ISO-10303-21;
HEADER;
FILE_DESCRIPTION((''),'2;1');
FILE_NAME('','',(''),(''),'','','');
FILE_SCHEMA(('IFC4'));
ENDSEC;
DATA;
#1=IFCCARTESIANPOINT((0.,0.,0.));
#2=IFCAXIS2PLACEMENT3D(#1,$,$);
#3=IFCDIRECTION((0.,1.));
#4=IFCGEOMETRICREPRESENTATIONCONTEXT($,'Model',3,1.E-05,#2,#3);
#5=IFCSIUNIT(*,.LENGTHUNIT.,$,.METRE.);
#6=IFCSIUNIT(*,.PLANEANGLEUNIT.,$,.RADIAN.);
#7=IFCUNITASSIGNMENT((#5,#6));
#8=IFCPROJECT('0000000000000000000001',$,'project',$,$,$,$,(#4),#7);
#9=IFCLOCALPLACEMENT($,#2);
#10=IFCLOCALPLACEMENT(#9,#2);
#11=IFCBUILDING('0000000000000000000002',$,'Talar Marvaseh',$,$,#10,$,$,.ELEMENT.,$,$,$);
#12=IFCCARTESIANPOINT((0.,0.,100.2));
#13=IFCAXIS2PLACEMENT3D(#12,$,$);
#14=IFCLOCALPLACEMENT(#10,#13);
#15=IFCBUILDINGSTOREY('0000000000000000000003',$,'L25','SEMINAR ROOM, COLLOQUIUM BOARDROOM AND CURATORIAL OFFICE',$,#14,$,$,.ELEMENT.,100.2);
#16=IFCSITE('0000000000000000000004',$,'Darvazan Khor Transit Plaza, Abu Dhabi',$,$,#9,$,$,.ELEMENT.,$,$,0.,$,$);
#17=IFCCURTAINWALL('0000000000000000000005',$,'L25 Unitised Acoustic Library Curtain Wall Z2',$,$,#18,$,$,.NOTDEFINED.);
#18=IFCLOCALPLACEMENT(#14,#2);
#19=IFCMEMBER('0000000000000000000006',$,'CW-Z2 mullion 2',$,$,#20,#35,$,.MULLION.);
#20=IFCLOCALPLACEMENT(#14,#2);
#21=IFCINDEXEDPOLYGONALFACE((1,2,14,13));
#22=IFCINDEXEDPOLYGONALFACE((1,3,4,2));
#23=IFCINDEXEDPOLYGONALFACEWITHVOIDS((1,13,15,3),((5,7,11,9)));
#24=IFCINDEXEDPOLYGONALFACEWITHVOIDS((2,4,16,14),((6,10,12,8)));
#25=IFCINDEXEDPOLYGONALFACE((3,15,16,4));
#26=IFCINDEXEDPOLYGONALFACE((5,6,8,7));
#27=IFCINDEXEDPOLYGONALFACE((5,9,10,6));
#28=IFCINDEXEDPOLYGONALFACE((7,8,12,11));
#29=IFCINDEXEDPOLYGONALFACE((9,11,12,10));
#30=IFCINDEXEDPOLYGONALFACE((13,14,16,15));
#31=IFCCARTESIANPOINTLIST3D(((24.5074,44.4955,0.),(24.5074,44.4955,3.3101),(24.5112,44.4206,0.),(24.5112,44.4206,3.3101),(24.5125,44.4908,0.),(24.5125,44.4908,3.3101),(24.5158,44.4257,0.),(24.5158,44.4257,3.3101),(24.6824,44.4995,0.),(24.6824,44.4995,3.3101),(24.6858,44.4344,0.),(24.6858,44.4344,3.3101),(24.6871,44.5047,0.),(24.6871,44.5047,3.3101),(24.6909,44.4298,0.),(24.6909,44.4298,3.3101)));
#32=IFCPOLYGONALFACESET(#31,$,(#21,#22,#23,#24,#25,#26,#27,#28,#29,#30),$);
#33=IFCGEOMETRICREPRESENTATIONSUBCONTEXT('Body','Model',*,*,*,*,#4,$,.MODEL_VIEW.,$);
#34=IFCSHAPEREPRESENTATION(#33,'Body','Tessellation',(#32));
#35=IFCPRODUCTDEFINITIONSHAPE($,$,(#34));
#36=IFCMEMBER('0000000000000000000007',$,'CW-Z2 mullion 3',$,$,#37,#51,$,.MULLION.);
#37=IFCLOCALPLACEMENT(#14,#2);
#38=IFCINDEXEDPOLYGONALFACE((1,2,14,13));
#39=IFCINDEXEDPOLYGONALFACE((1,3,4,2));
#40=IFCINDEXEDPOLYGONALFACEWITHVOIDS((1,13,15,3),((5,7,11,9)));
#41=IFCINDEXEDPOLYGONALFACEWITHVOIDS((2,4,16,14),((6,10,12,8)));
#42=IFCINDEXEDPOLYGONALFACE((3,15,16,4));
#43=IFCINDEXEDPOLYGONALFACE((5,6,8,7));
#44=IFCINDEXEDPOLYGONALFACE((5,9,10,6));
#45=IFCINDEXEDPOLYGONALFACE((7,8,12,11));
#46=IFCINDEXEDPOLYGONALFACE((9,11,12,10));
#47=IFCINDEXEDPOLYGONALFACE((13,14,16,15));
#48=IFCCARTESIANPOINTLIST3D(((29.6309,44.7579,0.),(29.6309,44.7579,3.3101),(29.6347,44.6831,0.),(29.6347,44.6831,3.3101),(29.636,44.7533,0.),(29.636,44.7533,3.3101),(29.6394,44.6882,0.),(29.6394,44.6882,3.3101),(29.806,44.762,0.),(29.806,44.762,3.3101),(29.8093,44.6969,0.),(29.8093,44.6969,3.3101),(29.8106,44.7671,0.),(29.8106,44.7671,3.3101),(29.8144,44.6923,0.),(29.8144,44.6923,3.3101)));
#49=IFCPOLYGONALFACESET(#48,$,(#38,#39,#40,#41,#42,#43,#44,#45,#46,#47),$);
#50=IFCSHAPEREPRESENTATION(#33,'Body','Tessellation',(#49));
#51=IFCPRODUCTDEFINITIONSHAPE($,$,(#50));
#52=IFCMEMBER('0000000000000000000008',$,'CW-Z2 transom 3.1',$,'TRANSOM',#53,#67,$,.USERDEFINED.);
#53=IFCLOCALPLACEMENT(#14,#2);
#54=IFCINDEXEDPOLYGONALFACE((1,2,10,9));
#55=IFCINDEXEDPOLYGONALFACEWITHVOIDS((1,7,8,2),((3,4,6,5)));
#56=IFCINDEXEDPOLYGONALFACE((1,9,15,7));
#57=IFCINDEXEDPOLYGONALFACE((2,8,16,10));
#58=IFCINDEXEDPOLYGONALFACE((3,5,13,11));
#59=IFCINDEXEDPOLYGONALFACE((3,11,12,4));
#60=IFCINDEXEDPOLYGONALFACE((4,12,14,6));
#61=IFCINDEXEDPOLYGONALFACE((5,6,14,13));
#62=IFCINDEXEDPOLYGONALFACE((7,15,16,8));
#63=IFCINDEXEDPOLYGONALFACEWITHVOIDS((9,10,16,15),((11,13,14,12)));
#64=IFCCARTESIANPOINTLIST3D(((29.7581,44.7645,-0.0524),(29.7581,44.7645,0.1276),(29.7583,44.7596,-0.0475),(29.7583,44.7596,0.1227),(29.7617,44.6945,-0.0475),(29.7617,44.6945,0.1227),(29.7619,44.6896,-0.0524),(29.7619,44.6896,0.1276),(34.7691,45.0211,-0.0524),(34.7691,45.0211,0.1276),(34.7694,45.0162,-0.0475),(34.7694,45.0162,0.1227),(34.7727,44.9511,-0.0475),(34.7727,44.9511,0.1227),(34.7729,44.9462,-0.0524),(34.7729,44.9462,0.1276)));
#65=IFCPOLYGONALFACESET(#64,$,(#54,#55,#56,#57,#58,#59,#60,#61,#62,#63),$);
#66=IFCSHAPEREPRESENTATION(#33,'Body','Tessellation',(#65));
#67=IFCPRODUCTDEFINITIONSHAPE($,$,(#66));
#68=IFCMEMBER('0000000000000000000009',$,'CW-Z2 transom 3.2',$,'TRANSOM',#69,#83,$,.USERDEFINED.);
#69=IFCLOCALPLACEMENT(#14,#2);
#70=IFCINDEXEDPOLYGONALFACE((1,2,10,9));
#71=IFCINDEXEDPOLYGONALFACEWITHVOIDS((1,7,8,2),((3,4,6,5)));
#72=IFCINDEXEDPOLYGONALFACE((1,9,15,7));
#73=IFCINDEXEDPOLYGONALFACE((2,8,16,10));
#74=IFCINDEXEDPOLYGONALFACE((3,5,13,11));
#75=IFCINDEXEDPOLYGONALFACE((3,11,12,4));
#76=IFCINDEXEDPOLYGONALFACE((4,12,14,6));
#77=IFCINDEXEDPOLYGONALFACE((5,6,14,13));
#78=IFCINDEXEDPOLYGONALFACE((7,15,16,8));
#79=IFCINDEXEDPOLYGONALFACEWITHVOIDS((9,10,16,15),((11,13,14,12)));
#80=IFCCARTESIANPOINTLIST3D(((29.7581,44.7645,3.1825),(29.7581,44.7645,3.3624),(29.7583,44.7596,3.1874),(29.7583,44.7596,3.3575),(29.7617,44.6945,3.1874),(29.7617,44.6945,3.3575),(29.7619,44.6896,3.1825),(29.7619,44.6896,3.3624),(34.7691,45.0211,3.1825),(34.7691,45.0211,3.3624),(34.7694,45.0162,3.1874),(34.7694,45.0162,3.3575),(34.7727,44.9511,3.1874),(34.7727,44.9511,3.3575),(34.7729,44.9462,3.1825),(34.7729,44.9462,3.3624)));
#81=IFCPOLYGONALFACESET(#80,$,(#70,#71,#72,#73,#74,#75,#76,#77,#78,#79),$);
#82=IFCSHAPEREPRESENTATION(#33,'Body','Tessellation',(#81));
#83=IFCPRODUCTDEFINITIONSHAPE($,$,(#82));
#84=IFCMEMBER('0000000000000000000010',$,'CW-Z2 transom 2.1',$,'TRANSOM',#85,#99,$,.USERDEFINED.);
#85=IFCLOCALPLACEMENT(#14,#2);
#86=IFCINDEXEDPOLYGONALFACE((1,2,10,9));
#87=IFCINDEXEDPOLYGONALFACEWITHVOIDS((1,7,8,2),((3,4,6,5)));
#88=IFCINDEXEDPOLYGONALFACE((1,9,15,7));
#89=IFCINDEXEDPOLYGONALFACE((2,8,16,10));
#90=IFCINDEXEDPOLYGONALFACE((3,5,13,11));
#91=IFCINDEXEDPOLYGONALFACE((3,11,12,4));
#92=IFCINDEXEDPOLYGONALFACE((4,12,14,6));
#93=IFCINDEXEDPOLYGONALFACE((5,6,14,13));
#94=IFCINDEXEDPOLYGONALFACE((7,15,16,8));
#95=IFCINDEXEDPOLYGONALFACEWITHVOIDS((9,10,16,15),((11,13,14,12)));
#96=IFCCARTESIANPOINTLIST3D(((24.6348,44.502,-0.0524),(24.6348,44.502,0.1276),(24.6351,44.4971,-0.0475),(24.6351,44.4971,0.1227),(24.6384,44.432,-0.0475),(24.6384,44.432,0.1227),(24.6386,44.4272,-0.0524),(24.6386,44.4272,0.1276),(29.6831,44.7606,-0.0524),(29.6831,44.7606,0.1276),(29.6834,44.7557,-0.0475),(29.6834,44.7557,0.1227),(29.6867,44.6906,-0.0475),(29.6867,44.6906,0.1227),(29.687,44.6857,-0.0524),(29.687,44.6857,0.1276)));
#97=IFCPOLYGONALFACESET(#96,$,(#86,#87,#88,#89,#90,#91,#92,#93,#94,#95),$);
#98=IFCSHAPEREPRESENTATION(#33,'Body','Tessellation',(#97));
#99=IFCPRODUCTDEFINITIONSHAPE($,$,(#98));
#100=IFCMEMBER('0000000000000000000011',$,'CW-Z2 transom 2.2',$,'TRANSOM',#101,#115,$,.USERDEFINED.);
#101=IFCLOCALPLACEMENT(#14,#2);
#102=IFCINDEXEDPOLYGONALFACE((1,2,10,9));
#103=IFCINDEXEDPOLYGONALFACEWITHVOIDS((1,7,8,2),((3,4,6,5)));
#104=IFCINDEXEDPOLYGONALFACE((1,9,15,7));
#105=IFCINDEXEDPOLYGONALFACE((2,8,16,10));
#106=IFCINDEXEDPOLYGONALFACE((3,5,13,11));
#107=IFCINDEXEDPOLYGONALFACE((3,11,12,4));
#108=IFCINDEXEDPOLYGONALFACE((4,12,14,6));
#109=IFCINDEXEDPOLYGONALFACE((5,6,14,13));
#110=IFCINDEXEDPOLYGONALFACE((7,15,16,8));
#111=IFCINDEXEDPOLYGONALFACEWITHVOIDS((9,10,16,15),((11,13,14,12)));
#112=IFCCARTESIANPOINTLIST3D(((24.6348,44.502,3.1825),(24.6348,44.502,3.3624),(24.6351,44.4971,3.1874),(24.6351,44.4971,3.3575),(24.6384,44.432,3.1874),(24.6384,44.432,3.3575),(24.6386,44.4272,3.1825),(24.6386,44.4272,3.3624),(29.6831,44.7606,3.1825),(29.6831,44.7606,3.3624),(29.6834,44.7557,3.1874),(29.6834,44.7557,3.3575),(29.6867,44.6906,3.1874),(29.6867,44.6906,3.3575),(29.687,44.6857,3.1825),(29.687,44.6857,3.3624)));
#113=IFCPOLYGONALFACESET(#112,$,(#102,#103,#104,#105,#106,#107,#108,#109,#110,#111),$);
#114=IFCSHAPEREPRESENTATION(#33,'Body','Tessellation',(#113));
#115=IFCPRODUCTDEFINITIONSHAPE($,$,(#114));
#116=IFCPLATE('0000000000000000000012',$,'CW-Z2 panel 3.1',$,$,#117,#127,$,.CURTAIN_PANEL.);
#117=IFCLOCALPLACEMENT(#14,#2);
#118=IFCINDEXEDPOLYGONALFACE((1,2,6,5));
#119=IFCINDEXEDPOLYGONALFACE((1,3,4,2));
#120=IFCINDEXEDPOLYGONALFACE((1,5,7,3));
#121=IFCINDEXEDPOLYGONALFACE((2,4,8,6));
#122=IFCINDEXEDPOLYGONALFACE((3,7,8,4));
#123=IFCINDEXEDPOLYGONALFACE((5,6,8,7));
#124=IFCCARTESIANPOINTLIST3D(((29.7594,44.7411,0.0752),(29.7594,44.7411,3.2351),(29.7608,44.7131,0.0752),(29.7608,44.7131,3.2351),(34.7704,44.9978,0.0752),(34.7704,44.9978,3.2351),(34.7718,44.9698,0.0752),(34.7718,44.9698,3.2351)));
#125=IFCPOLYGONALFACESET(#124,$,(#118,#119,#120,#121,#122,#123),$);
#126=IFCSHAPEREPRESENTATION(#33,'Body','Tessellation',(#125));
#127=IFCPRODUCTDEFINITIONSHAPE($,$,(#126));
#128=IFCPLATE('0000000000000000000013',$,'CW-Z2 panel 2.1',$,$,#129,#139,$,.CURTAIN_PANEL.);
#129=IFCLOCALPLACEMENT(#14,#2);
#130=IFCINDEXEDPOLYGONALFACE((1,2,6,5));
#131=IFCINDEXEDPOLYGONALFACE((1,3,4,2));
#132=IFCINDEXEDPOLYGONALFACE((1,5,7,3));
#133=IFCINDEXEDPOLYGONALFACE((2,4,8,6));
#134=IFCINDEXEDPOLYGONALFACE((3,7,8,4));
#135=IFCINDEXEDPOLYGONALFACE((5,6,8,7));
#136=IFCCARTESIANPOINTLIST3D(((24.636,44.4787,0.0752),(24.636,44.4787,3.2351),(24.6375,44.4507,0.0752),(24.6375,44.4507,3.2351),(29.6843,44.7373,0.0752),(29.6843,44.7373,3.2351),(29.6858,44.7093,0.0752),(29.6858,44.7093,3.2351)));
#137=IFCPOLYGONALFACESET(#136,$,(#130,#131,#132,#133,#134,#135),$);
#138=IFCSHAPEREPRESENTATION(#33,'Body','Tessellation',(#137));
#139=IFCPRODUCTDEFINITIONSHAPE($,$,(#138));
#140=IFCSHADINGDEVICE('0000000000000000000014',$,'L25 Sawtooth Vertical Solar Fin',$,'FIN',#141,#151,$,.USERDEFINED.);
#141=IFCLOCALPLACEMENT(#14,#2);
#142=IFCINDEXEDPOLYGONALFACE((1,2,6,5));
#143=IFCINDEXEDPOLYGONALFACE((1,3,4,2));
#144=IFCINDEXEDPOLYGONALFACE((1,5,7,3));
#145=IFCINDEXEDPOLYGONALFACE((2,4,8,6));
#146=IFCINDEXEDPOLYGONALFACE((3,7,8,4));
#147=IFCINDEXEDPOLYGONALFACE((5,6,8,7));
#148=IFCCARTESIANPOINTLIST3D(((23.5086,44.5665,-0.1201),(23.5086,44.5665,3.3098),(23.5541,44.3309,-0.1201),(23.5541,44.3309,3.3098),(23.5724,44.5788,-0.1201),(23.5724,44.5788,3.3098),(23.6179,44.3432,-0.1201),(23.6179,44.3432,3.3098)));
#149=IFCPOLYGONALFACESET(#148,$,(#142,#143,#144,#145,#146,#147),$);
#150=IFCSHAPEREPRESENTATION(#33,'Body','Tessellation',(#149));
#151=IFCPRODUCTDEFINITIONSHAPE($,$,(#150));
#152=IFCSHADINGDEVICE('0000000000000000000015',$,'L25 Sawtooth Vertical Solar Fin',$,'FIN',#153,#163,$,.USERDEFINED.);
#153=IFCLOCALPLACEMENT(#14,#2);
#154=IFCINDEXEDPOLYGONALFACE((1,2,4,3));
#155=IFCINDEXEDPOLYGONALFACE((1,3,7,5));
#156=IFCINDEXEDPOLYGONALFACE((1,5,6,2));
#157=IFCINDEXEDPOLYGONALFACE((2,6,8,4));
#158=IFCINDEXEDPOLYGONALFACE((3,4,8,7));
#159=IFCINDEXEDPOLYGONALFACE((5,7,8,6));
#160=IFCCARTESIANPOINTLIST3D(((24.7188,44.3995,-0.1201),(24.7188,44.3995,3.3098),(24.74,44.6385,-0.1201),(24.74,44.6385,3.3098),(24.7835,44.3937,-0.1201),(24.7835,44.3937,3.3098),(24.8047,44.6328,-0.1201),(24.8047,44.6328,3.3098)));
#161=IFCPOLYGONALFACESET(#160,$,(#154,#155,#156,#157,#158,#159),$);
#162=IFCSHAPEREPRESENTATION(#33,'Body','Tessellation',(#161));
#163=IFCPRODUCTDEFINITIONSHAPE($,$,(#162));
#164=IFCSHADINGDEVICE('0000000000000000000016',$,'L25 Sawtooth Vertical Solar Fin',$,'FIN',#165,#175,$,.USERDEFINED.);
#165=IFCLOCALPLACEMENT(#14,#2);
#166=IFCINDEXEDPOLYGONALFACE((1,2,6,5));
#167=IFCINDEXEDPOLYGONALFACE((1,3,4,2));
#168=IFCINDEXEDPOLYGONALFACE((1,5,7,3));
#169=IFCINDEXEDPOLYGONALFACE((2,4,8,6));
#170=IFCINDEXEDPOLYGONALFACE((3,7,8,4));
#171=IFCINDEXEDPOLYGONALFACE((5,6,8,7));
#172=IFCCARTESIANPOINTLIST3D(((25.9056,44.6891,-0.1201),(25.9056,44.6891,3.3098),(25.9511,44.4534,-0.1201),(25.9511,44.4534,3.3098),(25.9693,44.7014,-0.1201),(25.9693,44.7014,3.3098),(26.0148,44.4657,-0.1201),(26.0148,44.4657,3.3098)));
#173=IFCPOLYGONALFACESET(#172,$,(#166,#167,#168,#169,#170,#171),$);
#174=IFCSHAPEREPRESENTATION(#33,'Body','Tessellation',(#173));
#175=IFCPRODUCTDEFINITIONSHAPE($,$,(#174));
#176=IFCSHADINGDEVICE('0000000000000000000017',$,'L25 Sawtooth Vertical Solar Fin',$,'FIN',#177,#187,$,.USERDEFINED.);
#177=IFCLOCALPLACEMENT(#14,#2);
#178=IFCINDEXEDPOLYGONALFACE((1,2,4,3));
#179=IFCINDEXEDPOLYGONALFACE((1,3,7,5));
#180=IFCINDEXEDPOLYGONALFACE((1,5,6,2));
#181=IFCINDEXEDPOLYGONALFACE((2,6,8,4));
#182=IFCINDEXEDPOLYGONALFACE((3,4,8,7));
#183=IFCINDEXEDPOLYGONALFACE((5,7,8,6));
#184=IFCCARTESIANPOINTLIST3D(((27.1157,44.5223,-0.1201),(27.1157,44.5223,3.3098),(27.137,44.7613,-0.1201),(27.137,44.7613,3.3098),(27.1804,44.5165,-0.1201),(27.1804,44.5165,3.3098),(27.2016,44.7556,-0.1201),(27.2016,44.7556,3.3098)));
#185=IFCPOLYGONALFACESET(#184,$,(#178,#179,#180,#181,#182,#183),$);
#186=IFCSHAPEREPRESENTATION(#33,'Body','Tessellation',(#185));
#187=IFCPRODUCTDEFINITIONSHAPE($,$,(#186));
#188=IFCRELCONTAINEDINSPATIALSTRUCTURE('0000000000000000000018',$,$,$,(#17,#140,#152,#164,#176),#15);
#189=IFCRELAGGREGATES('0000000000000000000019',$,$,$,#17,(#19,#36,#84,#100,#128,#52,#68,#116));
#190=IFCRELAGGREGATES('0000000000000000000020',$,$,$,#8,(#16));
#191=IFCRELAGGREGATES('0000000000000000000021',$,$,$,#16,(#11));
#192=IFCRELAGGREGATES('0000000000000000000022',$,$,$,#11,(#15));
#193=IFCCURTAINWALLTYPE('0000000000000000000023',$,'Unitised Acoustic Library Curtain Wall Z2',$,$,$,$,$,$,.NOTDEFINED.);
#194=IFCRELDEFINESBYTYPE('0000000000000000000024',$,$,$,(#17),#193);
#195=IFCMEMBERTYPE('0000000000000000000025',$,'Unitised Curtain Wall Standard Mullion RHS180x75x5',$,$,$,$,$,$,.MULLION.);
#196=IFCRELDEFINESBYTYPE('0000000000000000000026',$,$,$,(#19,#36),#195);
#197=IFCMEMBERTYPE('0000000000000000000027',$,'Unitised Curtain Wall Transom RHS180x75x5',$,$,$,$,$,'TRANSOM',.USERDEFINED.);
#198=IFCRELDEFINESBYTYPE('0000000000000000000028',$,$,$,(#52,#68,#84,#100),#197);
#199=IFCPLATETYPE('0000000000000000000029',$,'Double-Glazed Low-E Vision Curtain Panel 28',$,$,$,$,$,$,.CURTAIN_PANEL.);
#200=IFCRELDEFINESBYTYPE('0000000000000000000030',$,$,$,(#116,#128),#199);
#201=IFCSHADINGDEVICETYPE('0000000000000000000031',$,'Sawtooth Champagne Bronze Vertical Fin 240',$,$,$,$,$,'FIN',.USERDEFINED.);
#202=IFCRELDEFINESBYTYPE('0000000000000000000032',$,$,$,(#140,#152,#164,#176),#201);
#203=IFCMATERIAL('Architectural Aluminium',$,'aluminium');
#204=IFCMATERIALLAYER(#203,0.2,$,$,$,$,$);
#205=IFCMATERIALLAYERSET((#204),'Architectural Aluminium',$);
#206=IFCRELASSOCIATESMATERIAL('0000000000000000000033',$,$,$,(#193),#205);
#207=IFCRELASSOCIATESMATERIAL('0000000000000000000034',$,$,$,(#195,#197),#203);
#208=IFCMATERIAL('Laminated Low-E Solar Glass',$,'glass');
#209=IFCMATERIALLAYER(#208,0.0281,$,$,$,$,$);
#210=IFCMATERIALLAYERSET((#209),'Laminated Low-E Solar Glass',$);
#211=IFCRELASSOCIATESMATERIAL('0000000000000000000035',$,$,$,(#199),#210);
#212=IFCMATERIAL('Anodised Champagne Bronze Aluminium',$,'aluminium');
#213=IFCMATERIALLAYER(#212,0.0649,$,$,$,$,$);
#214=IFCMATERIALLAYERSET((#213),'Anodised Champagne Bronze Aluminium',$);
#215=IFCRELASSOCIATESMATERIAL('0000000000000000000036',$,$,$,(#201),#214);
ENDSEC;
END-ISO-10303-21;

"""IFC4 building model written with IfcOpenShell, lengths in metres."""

from ifc_helpers import new_model, si_unit, direction, frame, origin, origin_2d, place, context, subcontext, project, spatial, rectangle, hollow_rectangle, extrude, source, transform, mapped, material, layer, layer_set, material_profile, profile_set, type_object, type_shapes, element, aggregate, save


model = new_model("IFC4")

# Units and contexts
model_context = context("Model", 3, precision=1e-05, world=origin(), true_north=direction((0.0, 1.0)))
body_context = subcontext(model_context, "Body", "Model", "MODEL_VIEW")
ifc_project = project(units=[si_unit("LENGTHUNIT", "METRE"), si_unit("PLANEANGLEUNIT", "RADIAN")], contexts=[model_context])

# Site, building, storey
site_placement = place(None, origin())
site = spatial("IfcSite", under=ifc_project, at=site_placement, Name="Darvazan Khor Transit Plaza, Abu Dhabi", CompositionType="ELEMENT", RefElevation=0.0)
building_placement = place(site_placement, origin())
building = spatial("IfcBuilding", under=site, at=building_placement, Name="Talar Marvaseh", CompositionType="ELEMENT")
storey_placement = place(building_placement, frame((0.0, 0.0, 100.2)))
storey = spatial("IfcBuildingStorey", under=building, at=storey_placement, Name="L25", Description="SEMINAR ROOM, COLLOQUIUM BOARDROOM AND CURATORIAL OFFICE", CompositionType="ELEMENT", Elevation=100.2)

# Curtain wall, members, plates
ifc_material_1 = material(Name="Architectural Aluminium", Category="aluminium")
ifc_layer_1 = layer(ifc_material_1, 0.2)
ifc_layer_set_1 = layer_set([ifc_layer_1], Name="Architectural Aluminium")
curtain_wall_type = type_object("IfcCurtainWallType", Name="Unitised Acoustic Library Curtain Wall Z2", PredefinedType="NOTDEFINED", material=ifc_layer_set_1)
curtain_wall_placement = place(storey_placement, origin())
curtain_wall = element("IfcCurtainWall", 1, at=curtain_wall_placement, inside=storey, type_object=curtain_wall_type, Name="L25 Unitised Acoustic Library Curtain Wall Z2", PredefinedType="NOTDEFINED")
ifc_material_profile_1 = material_profile(ifc_material_1, hollow_rectangle(XDim=0.075, YDim=0.1799, WallThickness=0.0049, at=origin_2d()), Name="RHS180x75x5")
ifc_profile_set_1 = profile_set([ifc_material_profile_1], Name="Architectural Aluminium")
member_type_1 = type_object("IfcMemberType", Name="Unitised Curtain Wall Standard Mullion RHS180x75x5", PredefinedType="MULLION", material=ifc_profile_set_1)
shared_shape_1 = source(origin(), body_context, "Body", "SweptSolid", [
    extrude(hollow_rectangle(XDim=0.075, YDim=0.1799, WallThickness=0.0049, at=origin_2d()), origin(), (0.0, 0.0, 1.0), 3.3101),
])
type_shapes(member_type_1, [shared_shape_1])
member_1_placement = place(storey_placement, frame((24.5991, 44.4626, 0.0), z_axis=(0.0, 0.0, 1.0), x_axis=(-0.051156, 0.998691, 0.0)))
member_1 = element("IfcMember", 2, at=member_1_placement, type_object=member_type_1, Name="CW-Z2 mullion 2", PredefinedType="MULLION", context=body_context, shape_type="MappedRepresentation", body=[
    mapped(shared_shape_1, transform((0.0, 0.0, 0.0), x_axis=(1.0, 0.0, 0.0), y_axis=(0.0, 1.0, 0.0), z_axis=(0.0, 0.0, 1.0), scale=1.0)),
])
member_2_placement = place(storey_placement, frame((29.7227, 44.7251, 0.0), z_axis=(0.0, 0.0, 1.0), x_axis=(-0.051156, 0.998691, 0.0)))
member_2 = element("IfcMember", 3, at=member_2_placement, type_object=member_type_1, Name="CW-Z2 mullion 3", PredefinedType="MULLION", context=body_context, shape_type="MappedRepresentation", body=[
    mapped(shared_shape_1, transform((0.0, 0.0, 0.0), x_axis=(1.0, 0.0, 0.0), y_axis=(0.0, 1.0, 0.0), z_axis=(0.0, 0.0, 1.0), scale=1.0)),
])
ifc_material_profile_2 = material_profile(ifc_material_1, hollow_rectangle(XDim=0.075, YDim=0.1799, WallThickness=0.0049, at=origin_2d()), Name="RHS180x75x5")
ifc_profile_set_2 = profile_set([ifc_material_profile_2], Name="Architectural Aluminium")
member_type_2 = type_object("IfcMemberType", Name="Unitised Curtain Wall Transom RHS180x75x5", ElementType="TRANSOM", PredefinedType="USERDEFINED", material=ifc_profile_set_2)
shared_shape_2 = source(origin(), body_context, "Body", "SweptSolid", [
    extrude(hollow_rectangle(XDim=0.075, YDim=0.1799, WallThickness=0.0049, at=origin_2d()), origin(), (0.0, 0.0, 1.0), 5.0176),
])
member_3_placement = place(storey_placement, frame((29.76, 44.7271, 0.0376), z_axis=(0.998692, 0.051139, 0.0), x_axis=(-0.051139, 0.998692, 0.0)))
member_3 = element("IfcMember", 4, at=member_3_placement, type_object=member_type_2, Name="CW-Z2 transom 3.1", ObjectType="TRANSOM", PredefinedType="USERDEFINED", context=body_context, shape_type="MappedRepresentation", body=[
    mapped(shared_shape_2, transform((0.0, 0.0, 0.0), x_axis=(1.0, 0.0, 0.0), y_axis=(0.0, 1.0, 0.0), z_axis=(0.0, 0.0, 1.0), scale=1.0)),
])
member_4_placement = place(storey_placement, frame((29.76, 44.7271, 3.2725), z_axis=(0.998692, 0.051139, 0.0), x_axis=(-0.051139, 0.998692, 0.0)))
member_4 = element("IfcMember", 5, at=member_4_placement, type_object=member_type_2, Name="CW-Z2 transom 3.2", ObjectType="TRANSOM", PredefinedType="USERDEFINED", context=body_context, shape_type="MappedRepresentation", body=[
    mapped(shared_shape_2, transform((0.0, 0.0, 0.0), x_axis=(1.0, 0.0, 0.0), y_axis=(0.0, 1.0, 0.0), z_axis=(0.0, 0.0, 1.0), scale=1.0)),
])
shared_shape_3 = source(origin(), body_context, "Body", "SweptSolid", [
    extrude(hollow_rectangle(XDim=0.075, YDim=0.1799, WallThickness=0.0049, at=origin_2d()), origin(), (0.0, 0.0, 1.0), 5.0549),
])
type_shapes(member_type_2, [shared_shape_2, shared_shape_3])
member_5_placement = place(storey_placement, frame((24.6367, 44.4646, 0.0376), z_axis=(0.998691, 0.051147, 0.0), x_axis=(-0.051147, 0.998691, 0.0)))
member_5 = element("IfcMember", 6, at=member_5_placement, type_object=member_type_2, Name="CW-Z2 transom 2.1", ObjectType="TRANSOM", PredefinedType="USERDEFINED", context=body_context, shape_type="MappedRepresentation", body=[
    mapped(shared_shape_3, transform((0.0, 0.0, 0.0), x_axis=(1.0, 0.0, 0.0), y_axis=(0.0, 1.0, 0.0), z_axis=(0.0, 0.0, 1.0), scale=1.0)),
])
member_6_placement = place(storey_placement, frame((24.6367, 44.4646, 3.2725), z_axis=(0.998691, 0.051147, 0.0), x_axis=(-0.051147, 0.998691, 0.0)))
member_6 = element("IfcMember", 7, at=member_6_placement, type_object=member_type_2, Name="CW-Z2 transom 2.2", ObjectType="TRANSOM", PredefinedType="USERDEFINED", context=body_context, shape_type="MappedRepresentation", body=[
    mapped(shared_shape_3, transform((0.0, 0.0, 0.0), x_axis=(1.0, 0.0, 0.0), y_axis=(0.0, 1.0, 0.0), z_axis=(0.0, 0.0, 1.0), scale=1.0)),
])
ifc_material_2 = material(Name="Laminated Low-E Solar Glass", Category="glass")
ifc_layer_2 = layer(ifc_material_2, 0.0281)
ifc_layer_set_2 = layer_set([ifc_layer_2], Name="Laminated Low-E Solar Glass")
plate_type = type_object("IfcPlateType", Name="Double-Glazed Low-E Vision Curtain Panel 28", PredefinedType="CURTAIN_PANEL", material=ifc_layer_set_2)
shared_shape_4 = source(origin(), body_context, "Body", "SweptSolid", [
    extrude(rectangle(XDim=5.0176, YDim=0.0281, at=origin_2d()), origin(), (0.0, 0.0, 1.0), 3.1599),
])
plate_1_placement = place(storey_placement, frame((32.2656, 44.8555, 0.0752), z_axis=(0.0, 0.0, 1.0), x_axis=(0.998691, 0.051156, 0.0)))
plate_1 = element("IfcPlate", 8, at=plate_1_placement, type_object=plate_type, Name="CW-Z2 panel 3.1", PredefinedType="CURTAIN_PANEL", context=body_context, shape_type="MappedRepresentation", body=[
    mapped(shared_shape_4, transform((0.0, 0.0, 0.0), x_axis=(1.0, 0.0, 0.0), y_axis=(0.0, 1.0, 0.0), z_axis=(0.0, 0.0, 1.0), scale=1.0)),
])
shared_shape_5 = source(origin(), body_context, "Body", "SweptSolid", [
    extrude(rectangle(XDim=5.0549, YDim=0.0281, at=origin_2d()), origin(), (0.0, 0.0, 1.0), 3.1599),
])
type_shapes(plate_type, [shared_shape_4, shared_shape_5])
plate_2_placement = place(storey_placement, frame((27.1609, 44.594, 0.0752), z_axis=(0.0, 0.0, 1.0), x_axis=(0.998691, 0.051156, 0.0)))
plate_2 = element("IfcPlate", 9, at=plate_2_placement, type_object=plate_type, Name="CW-Z2 panel 2.1", PredefinedType="CURTAIN_PANEL", context=body_context, shape_type="MappedRepresentation", body=[
    mapped(shared_shape_5, transform((0.0, 0.0, 0.0), x_axis=(1.0, 0.0, 0.0), y_axis=(0.0, 1.0, 0.0), z_axis=(0.0, 0.0, 1.0), scale=1.0)),
])
aggregate(curtain_wall, [member_1, member_2, member_5, member_6, plate_2, member_3, member_4, plate_1])

# Shading devices
ifc_material_3 = material(Name="Anodised Champagne Bronze Aluminium", Category="aluminium")
ifc_layer_3 = layer(ifc_material_3, 0.0649)
ifc_layer_set_3 = layer_set([ifc_layer_3], Name="Anodised Champagne Bronze Aluminium")
shading_device_type = type_object("IfcShadingDeviceType", Name="Sawtooth Champagne Bronze Vertical Fin 240", ElementType="FIN", PredefinedType="USERDEFINED", material=ifc_layer_set_3)
shared_shape_6 = source(origin(), body_context, "Body", "SweptSolid", [
    extrude(rectangle(XDim=0.24, YDim=0.0649, at=origin_2d()), origin(), (0.0, 0.0, 1.0), 3.4299),
])
type_shapes(shading_device_type, [shared_shape_6])
for number, where, z_axis, x_axis, name in (
    (10, (23.5632, 44.4548, -0.1201), (0.0, 0.0, 1.0), (-0.18961, 0.98186, 0.0), "L25 Sawtooth Vertical Solar Fin"),
    (11, (24.7617, 44.5161, -0.1201), (0.0, 0.0, 1.0), (0.088373, 0.996087, 0.0), "L25 Sawtooth Vertical Solar Fin"),
    (12, (25.9602, 44.5774, -0.1201), (0.0, 0.0, 1.0), (-0.18961, 0.98186, 0.0), "L25 Sawtooth Vertical Solar Fin"),
    (13, (27.1587, 44.6389, -0.1201), (0.0, 0.0, 1.0), (0.088373, 0.996087, 0.0), "L25 Sawtooth Vertical Solar Fin"),
):
    element("IfcShadingDevice", number, at=place(storey_placement, frame(where, z_axis=z_axis, x_axis=x_axis)), inside=storey, type_object=shading_device_type, Name=name, ObjectType="FIN", PredefinedType="USERDEFINED", context=body_context, shape_type="MappedRepresentation", body=[
        mapped(shared_shape_6, transform((0.0, 0.0, 0.0), x_axis=(1.0, 0.0, 0.0), y_axis=(0.0, 1.0, 0.0), z_axis=(0.0, 0.0, 1.0), scale=1.0)),
    ])

save(model, "model.ifc")
